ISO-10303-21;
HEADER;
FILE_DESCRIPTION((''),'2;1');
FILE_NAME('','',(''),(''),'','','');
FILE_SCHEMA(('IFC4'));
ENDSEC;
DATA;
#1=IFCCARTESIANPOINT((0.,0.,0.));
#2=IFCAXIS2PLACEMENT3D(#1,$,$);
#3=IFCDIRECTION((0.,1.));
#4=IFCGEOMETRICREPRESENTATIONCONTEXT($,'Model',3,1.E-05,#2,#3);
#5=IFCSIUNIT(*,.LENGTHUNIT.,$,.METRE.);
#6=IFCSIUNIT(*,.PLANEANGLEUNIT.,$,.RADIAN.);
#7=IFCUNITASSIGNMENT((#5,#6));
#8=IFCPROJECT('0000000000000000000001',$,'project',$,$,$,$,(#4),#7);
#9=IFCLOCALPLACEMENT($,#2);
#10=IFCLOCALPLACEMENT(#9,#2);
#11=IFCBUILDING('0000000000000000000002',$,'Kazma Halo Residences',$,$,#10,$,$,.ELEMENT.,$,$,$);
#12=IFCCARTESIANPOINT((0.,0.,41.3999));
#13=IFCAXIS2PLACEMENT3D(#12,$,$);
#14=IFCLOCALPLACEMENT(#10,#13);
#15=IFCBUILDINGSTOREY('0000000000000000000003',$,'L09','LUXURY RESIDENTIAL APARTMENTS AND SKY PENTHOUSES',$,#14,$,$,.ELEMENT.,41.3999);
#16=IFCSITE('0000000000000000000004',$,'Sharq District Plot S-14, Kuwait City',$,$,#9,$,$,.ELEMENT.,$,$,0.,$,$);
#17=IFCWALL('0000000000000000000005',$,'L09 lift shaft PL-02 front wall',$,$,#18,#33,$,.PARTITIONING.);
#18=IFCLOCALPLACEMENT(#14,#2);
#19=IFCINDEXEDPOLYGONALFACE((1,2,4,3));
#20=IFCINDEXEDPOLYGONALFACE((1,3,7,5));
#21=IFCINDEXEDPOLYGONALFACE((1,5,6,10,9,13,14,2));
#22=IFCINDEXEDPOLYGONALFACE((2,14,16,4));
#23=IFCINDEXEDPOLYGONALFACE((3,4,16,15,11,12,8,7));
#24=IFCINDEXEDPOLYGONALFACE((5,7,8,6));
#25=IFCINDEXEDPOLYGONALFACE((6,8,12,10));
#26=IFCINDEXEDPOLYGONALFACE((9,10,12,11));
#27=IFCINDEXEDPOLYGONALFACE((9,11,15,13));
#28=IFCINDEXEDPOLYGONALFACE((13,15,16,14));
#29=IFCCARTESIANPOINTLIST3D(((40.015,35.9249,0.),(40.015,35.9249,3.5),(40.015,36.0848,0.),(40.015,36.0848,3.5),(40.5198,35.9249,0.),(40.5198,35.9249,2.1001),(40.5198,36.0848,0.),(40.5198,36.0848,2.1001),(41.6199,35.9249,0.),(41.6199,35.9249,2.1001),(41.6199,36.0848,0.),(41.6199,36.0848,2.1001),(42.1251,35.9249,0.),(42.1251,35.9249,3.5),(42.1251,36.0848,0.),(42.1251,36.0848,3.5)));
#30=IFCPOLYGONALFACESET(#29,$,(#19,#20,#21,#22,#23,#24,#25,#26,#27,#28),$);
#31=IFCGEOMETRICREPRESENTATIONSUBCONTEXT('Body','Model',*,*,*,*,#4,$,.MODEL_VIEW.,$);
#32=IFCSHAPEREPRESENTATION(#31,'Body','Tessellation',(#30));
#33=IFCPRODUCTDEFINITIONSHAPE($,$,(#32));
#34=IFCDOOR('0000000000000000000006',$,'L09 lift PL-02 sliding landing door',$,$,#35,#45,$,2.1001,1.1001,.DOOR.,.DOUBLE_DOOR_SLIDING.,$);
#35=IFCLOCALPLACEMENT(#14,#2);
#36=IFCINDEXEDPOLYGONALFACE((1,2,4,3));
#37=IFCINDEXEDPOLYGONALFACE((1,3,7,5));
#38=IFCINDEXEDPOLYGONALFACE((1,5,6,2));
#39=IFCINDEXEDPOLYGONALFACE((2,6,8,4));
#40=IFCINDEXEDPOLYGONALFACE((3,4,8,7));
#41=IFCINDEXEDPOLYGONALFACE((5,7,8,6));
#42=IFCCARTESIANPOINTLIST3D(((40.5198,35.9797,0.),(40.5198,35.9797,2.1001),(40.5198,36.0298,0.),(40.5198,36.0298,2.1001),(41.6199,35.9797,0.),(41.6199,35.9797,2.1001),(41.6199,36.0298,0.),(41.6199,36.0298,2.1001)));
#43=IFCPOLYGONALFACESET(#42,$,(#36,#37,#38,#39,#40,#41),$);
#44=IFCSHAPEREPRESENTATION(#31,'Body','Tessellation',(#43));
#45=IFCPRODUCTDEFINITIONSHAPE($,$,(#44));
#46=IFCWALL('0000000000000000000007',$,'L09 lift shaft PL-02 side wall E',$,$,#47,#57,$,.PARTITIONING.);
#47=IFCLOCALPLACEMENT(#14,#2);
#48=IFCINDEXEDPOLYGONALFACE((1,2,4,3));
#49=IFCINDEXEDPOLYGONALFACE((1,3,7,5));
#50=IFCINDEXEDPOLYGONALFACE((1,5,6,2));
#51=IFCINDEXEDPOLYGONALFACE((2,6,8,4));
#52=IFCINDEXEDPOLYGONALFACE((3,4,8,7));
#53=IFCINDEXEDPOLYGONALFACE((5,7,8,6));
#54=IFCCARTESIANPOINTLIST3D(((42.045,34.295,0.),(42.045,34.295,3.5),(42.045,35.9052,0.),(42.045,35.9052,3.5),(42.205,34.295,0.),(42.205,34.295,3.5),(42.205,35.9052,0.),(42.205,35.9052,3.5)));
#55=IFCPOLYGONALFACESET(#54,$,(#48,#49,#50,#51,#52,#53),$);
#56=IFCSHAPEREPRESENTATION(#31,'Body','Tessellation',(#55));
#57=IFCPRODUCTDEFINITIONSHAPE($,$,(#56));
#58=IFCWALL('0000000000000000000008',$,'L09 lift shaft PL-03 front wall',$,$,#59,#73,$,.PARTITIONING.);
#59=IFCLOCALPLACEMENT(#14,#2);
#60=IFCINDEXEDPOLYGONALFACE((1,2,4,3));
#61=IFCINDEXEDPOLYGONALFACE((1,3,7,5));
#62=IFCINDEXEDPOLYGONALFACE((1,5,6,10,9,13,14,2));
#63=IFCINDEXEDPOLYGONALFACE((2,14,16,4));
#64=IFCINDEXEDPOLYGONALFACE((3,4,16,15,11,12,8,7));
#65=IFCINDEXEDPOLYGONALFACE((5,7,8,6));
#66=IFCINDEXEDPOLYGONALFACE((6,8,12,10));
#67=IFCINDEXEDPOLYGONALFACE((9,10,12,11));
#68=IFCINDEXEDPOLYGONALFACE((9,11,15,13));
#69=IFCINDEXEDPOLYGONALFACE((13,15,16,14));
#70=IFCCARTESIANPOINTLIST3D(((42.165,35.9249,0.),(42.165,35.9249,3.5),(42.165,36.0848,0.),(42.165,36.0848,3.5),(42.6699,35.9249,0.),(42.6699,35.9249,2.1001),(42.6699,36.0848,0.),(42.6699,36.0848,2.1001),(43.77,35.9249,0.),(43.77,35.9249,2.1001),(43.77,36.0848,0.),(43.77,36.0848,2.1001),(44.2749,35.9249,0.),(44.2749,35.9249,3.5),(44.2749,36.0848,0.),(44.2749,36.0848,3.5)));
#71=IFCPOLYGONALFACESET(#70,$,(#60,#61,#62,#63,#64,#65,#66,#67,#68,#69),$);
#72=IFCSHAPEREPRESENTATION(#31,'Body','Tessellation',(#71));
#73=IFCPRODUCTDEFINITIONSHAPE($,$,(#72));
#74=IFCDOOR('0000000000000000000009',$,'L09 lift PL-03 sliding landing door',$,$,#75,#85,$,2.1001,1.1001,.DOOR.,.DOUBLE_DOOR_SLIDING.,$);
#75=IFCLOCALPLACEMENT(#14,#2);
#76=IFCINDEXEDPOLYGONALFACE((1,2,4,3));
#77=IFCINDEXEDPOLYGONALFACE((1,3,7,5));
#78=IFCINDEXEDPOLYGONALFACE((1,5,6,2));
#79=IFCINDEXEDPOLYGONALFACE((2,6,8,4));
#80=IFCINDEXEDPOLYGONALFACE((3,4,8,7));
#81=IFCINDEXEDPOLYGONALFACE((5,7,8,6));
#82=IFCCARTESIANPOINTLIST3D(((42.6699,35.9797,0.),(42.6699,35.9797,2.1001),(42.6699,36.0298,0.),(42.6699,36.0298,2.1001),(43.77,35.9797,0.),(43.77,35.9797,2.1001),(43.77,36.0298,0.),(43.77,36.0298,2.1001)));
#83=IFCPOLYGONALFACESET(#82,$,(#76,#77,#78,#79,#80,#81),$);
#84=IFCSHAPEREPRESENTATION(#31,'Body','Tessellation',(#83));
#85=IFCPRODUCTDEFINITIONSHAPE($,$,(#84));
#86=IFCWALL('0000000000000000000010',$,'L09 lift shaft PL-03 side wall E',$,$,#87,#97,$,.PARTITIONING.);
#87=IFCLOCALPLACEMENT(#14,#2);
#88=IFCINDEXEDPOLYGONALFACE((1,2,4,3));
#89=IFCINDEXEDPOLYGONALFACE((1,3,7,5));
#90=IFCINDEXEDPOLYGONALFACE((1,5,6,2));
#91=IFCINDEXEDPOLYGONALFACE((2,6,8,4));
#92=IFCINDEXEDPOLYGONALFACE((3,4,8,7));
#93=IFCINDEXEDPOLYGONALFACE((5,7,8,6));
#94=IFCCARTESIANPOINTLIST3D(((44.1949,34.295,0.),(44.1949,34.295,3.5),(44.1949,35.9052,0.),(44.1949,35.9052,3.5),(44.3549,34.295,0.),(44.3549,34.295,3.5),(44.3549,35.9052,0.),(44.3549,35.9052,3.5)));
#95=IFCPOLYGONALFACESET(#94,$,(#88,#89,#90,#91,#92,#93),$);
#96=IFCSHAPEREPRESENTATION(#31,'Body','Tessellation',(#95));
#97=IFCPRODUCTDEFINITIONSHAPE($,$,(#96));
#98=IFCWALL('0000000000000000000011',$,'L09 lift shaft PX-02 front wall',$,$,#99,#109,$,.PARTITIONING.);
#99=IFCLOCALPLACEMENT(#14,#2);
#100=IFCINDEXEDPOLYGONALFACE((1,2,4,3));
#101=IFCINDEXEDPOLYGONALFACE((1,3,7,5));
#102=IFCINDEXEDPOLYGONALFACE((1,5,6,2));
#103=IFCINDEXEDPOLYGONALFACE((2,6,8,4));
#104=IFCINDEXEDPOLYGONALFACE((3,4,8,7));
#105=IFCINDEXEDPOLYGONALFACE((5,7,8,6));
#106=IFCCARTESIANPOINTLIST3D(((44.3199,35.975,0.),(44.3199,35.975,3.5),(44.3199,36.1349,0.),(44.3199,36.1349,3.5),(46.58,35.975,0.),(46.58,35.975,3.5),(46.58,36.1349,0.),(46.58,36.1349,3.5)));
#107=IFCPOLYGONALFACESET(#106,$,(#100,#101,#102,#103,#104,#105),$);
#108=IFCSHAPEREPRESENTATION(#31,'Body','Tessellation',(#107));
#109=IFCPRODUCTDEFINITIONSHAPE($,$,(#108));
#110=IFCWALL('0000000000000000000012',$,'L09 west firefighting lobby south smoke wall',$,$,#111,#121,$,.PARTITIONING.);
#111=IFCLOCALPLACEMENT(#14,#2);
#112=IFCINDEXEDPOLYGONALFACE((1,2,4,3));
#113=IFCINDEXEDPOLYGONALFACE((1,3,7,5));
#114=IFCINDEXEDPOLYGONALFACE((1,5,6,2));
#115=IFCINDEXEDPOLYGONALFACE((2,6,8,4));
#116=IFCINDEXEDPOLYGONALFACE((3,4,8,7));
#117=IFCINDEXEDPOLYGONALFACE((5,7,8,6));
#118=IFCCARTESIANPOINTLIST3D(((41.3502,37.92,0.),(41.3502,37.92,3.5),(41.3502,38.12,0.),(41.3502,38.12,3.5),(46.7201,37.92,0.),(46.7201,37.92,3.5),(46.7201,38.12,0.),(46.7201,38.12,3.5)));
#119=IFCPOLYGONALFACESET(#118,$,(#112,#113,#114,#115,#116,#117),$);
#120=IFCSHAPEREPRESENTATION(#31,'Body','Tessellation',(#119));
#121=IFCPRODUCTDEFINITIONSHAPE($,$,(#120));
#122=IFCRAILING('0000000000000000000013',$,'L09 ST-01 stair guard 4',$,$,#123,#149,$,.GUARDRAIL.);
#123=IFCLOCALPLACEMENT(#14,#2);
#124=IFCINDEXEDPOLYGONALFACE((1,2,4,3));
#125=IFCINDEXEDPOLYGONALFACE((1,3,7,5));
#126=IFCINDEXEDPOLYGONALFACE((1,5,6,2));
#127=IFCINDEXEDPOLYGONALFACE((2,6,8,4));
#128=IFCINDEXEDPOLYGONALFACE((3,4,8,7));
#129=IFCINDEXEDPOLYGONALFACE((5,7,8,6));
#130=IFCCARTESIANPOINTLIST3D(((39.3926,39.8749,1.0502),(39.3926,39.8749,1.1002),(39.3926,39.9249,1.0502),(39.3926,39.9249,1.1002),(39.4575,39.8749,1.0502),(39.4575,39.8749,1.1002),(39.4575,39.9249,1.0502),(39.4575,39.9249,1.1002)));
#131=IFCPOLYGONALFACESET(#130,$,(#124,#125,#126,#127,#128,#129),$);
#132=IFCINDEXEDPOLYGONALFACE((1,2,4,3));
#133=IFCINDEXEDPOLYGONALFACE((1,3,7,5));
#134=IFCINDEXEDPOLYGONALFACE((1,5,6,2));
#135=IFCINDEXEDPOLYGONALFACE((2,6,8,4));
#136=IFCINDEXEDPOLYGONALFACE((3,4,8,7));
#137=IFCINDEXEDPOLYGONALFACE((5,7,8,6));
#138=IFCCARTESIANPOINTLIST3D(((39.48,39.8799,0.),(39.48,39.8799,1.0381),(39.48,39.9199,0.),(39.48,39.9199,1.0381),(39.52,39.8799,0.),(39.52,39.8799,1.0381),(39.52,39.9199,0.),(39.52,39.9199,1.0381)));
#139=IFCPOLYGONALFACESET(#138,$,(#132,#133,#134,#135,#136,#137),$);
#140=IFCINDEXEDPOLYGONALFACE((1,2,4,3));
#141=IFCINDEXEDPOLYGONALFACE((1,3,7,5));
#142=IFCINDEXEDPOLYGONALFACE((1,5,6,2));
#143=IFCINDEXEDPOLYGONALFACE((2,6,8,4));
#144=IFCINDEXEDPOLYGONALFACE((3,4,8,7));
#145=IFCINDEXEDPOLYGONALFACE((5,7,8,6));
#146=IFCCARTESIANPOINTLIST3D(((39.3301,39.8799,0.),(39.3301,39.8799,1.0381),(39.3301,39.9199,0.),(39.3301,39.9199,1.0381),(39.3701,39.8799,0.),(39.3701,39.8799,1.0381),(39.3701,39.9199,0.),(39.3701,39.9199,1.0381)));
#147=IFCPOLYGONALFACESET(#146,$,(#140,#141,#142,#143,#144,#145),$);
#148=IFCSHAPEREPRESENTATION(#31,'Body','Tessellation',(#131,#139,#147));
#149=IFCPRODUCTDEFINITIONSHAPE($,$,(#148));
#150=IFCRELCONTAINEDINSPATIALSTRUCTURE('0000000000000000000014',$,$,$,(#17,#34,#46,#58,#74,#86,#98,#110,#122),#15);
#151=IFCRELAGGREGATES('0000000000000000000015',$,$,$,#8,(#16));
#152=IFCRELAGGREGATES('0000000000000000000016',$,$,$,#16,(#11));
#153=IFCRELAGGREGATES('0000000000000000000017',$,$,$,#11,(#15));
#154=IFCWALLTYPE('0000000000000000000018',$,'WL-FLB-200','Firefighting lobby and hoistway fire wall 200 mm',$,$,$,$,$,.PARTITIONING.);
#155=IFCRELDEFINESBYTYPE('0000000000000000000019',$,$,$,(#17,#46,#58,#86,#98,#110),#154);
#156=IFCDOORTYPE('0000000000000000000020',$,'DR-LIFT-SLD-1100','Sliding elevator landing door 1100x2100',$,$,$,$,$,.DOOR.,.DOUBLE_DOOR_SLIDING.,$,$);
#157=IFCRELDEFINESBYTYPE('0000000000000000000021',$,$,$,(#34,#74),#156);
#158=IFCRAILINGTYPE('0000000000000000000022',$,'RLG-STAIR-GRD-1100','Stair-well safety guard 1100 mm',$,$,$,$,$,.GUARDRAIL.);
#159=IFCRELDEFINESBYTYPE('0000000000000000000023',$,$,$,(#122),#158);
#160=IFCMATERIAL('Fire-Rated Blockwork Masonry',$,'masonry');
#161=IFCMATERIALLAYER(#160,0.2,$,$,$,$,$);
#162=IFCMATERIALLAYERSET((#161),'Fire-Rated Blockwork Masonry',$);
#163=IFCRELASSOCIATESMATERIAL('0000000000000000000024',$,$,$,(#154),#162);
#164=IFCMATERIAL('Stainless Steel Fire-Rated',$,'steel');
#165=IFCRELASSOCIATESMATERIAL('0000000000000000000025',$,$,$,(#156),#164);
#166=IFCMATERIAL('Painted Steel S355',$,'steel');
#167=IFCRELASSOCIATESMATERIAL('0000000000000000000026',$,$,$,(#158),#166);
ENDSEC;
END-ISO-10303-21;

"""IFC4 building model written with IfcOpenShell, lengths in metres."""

from ifc_helpers import new_model, si_unit, direction, frame, frame_2d, origin, origin_2d, place, context, subcontext, project, spatial, rectangle, extrude, material, layer, layer_set, type_object, element, fill, save


model = new_model("IFC4")

# Units and contexts
model_context = context("Model", 3, precision=1e-05, world=origin(), true_north=direction((0.0, 1.0)))
body_context = subcontext(model_context, "Body", "Model", "MODEL_VIEW")
ifc_project = project(units=[si_unit("LENGTHUNIT", "METRE"), si_unit("PLANEANGLEUNIT", "RADIAN")], contexts=[model_context])

# Site, building, storey
site_placement = place(None, origin())
site = spatial("IfcSite", under=ifc_project, at=site_placement, Name="Sharq District Plot S-14, Kuwait City", CompositionType="ELEMENT", RefElevation=0.0)
building_placement = place(site_placement, origin())
building = spatial("IfcBuilding", under=site, at=building_placement, Name="Kazma Halo Residences", CompositionType="ELEMENT")
storey_placement = place(building_placement, frame((0.0, 0.0, 41.3999)))
storey = spatial("IfcBuildingStorey", under=building, at=storey_placement, Name="L09", Description="LUXURY RESIDENTIAL APARTMENTS AND SKY PENTHOUSES", CompositionType="ELEMENT", Elevation=41.3999)

# Wall, opening, door
ifc_material_1 = material(Name="Fire-Rated Blockwork Masonry", Category="masonry")
ifc_layer_1 = layer(ifc_material_1, 0.2)
ifc_layer_set_1 = layer_set([ifc_layer_1], Name="Fire-Rated Blockwork Masonry")
wall_type_1 = type_object("IfcWallType", Name="WL-FLB-200", Description="Firefighting lobby and hoistway fire wall 200 mm", PredefinedType="PARTITIONING", material=ifc_layer_set_1)
ifc_material_2 = material(Name="Stainless Steel Fire-Rated", Category="steel")
door_type_1 = type_object("IfcDoorType", Name="DR-LIFT-SLD-1100", Description="Sliding elevator landing door 1100x2100", OperationType="DOUBLE_DOOR_SLIDING", PredefinedType="DOOR", material=ifc_material_2)
wall_1_placement = place(storey_placement, frame((40.0149, 36.0049, 0.0), z_axis=(0.0, 0.0, 1.0), x_axis=(1.0, 0.0, 0.0)))
wall_1 = element("IfcWall", 1, at=wall_1_placement, inside=storey, type_object=wall_type_1, Name="L09 lift shaft PL-02 front wall", PredefinedType="PARTITIONING", context=body_context, shape_type="SweptSolid", body=[
    extrude(rectangle(XDim=2.1101, YDim=0.1599, at=frame_2d((1.0552, 0.0))), origin(), (0.0, 0.0, 1.0), 3.5),
])
opening_1_placement = place(wall_1_placement, frame((0.5049, 0.0, 0.0)))
opening_1 = element("IfcOpeningElement", 2, at=opening_1_placement, cuts=wall_1, PredefinedType="OPENING", context=body_context, shape_type="SweptSolid", body=[
    extrude(rectangle(XDim=1.1001, YDim=2.1001, at=frame_2d((0.55, 1.05))), frame((0.0, 0.0898, 0.0), z_axis=(0.0, -1.0, 0.0), x_axis=(1.0, 0.0, 0.0)), (0.0, 0.0, 1.0), 0.1799),
])
door_1_placement = place(opening_1_placement, origin())
door_1 = element("IfcDoor", 3, at=door_1_placement, inside=storey, type_object=door_type_1, Name="L09 lift PL-02 sliding landing door", OperationType="DOUBLE_DOOR_SLIDING", OverallHeight=2.1001, OverallWidth=1.1001, PredefinedType="DOOR", context=body_context, shape_type="SweptSolid", body=[
    extrude(rectangle(XDim=1.1001, YDim=2.1001, at=frame_2d((0.55, 1.05))), frame((0.0, 0.0249, 0.0), z_axis=(0.0, -1.0, 0.0), x_axis=(1.0, 0.0, 0.0)), (0.0, 0.0, 1.0), 0.05),
])
fill(opening_1, door_1)

# Wall
wall_2_placement = place(storey_placement, frame((42.125, 34.2949, 0.0), z_axis=(0.0, 0.0, 1.0), x_axis=(0.0, 1.0, 0.0)))
element("IfcWall", 4, at=wall_2_placement, inside=storey, type_object=wall_type_1, Name="L09 lift shaft PL-02 side wall E", PredefinedType="PARTITIONING", context=body_context, shape_type="SweptSolid", body=[
    extrude(rectangle(XDim=1.6101, YDim=0.1599, at=frame_2d((0.8052, 0.0))), origin(), (0.0, 0.0, 1.0), 3.5),
])

# Wall, opening, door
wall_3_placement = place(storey_placement, frame((42.165, 36.0049, 0.0), z_axis=(0.0, 0.0, 1.0), x_axis=(1.0, 0.0, 0.0)))
wall_3 = element("IfcWall", 5, at=wall_3_placement, inside=storey, type_object=wall_type_1, Name="L09 lift shaft PL-03 front wall", PredefinedType="PARTITIONING", context=body_context, shape_type="SweptSolid", body=[
    extrude(rectangle(XDim=2.1099, YDim=0.1599, at=frame_2d((1.0549, 0.0))), origin(), (0.0, 0.0, 1.0), 3.5),
])
opening_2_placement = place(wall_3_placement, frame((0.5049, 0.0, 0.0)))
opening_2 = element("IfcOpeningElement", 6, at=opening_2_placement, cuts=wall_3, PredefinedType="OPENING", context=body_context, shape_type="SweptSolid", body=[
    extrude(rectangle(XDim=1.1001, YDim=2.1001, at=frame_2d((0.55, 1.05))), frame((0.0, 0.0898, 0.0), z_axis=(0.0, -1.0, 0.0), x_axis=(1.0, 0.0, 0.0)), (0.0, 0.0, 1.0), 0.1799),
])
door_2_placement = place(opening_2_placement, origin())
door_2 = element("IfcDoor", 7, at=door_2_placement, inside=storey, type_object=door_type_1, Name="L09 lift PL-03 sliding landing door", OperationType="DOUBLE_DOOR_SLIDING", OverallHeight=2.1001, OverallWidth=1.1001, PredefinedType="DOOR", context=body_context, shape_type="SweptSolid", body=[
    extrude(rectangle(XDim=1.1001, YDim=2.1001, at=frame_2d((0.55, 1.05))), frame((0.0, 0.0249, 0.0), z_axis=(0.0, -1.0, 0.0), x_axis=(1.0, 0.0, 0.0)), (0.0, 0.0, 1.0), 0.05),
])
fill(opening_2, door_2)

# Walls
wall_4_placement = place(storey_placement, frame((44.2749, 34.2949, 0.0), z_axis=(0.0, 0.0, 1.0), x_axis=(0.0, 1.0, 0.0)))
element("IfcWall", 8, at=wall_4_placement, inside=storey, type_object=wall_type_1, Name="L09 lift shaft PL-03 side wall E", PredefinedType="PARTITIONING", context=body_context, shape_type="SweptSolid", body=[
    extrude(rectangle(XDim=1.6101, YDim=0.1599, at=frame_2d((0.8052, 0.0))), origin(), (0.0, 0.0, 1.0), 3.5),
])
wall_5_placement = place(storey_placement, frame((44.3201, 36.0549, 0.0), z_axis=(0.0, 0.0, 1.0), x_axis=(1.0, 0.0, 0.0)))
element("IfcWall", 9, at=wall_5_placement, inside=storey, type_object=wall_type_1, Name="L09 lift shaft PX-02 front wall", PredefinedType="PARTITIONING", context=body_context, shape_type="SweptSolid", body=[
    extrude(rectangle(XDim=2.26, YDim=0.1599, at=frame_2d((1.1299, 0.0))), origin(), (0.0, 0.0, 1.0), 3.5),
])
wall_6_placement = place(storey_placement, frame((41.3501, 38.02, 0.0), z_axis=(0.0, 0.0, 1.0), x_axis=(1.0, 0.0, 0.0)))
element("IfcWall", 10, at=wall_6_placement, inside=storey, type_object=wall_type_1, Name="L09 west firefighting lobby south smoke wall", PredefinedType="PARTITIONING", context=body_context, shape_type="SweptSolid", body=[
    extrude(rectangle(XDim=5.3699, YDim=0.2, at=frame_2d((2.6851, 0.0))), origin(), (0.0, 0.0, 1.0), 3.5),
])

# Railing
ifc_material_3 = material(Name="Painted Steel S355", Category="steel")
railing_type = type_object("IfcRailingType", Name="RLG-STAIR-GRD-1100", Description="Stair-well safety guard 1100 mm", PredefinedType="GUARDRAIL", material=ifc_material_3)
railing_placement = place(storey_placement, frame((39.5, 39.8999, 0.0)))
element("IfcRailing", 11, at=railing_placement, inside=storey, type_object=railing_type, Name="L09 ST-01 stair guard 4", PredefinedType="GUARDRAIL", context=body_context, shape_type="SweptSolid", body=[
    extrude(rectangle(XDim=0.05, YDim=0.05, at=origin_2d()), frame((-0.0425, 0.0, 1.0752), z_axis=(-1.0, 0.0, 0.0), x_axis=(0.0, -1.0, 0.0)), (0.0, 0.0, 1.0), 0.0649),
    extrude(rectangle(XDim=0.04, YDim=0.04, at=origin_2d()), origin(), (0.0, 0.0, 1.0), 1.0381),
    extrude(rectangle(XDim=0.04, YDim=0.04, at=origin_2d()), frame((-0.1499, 0.0, 0.0)), (0.0, 0.0, 1.0), 1.0381),
])

save(model, "model.ifc")
